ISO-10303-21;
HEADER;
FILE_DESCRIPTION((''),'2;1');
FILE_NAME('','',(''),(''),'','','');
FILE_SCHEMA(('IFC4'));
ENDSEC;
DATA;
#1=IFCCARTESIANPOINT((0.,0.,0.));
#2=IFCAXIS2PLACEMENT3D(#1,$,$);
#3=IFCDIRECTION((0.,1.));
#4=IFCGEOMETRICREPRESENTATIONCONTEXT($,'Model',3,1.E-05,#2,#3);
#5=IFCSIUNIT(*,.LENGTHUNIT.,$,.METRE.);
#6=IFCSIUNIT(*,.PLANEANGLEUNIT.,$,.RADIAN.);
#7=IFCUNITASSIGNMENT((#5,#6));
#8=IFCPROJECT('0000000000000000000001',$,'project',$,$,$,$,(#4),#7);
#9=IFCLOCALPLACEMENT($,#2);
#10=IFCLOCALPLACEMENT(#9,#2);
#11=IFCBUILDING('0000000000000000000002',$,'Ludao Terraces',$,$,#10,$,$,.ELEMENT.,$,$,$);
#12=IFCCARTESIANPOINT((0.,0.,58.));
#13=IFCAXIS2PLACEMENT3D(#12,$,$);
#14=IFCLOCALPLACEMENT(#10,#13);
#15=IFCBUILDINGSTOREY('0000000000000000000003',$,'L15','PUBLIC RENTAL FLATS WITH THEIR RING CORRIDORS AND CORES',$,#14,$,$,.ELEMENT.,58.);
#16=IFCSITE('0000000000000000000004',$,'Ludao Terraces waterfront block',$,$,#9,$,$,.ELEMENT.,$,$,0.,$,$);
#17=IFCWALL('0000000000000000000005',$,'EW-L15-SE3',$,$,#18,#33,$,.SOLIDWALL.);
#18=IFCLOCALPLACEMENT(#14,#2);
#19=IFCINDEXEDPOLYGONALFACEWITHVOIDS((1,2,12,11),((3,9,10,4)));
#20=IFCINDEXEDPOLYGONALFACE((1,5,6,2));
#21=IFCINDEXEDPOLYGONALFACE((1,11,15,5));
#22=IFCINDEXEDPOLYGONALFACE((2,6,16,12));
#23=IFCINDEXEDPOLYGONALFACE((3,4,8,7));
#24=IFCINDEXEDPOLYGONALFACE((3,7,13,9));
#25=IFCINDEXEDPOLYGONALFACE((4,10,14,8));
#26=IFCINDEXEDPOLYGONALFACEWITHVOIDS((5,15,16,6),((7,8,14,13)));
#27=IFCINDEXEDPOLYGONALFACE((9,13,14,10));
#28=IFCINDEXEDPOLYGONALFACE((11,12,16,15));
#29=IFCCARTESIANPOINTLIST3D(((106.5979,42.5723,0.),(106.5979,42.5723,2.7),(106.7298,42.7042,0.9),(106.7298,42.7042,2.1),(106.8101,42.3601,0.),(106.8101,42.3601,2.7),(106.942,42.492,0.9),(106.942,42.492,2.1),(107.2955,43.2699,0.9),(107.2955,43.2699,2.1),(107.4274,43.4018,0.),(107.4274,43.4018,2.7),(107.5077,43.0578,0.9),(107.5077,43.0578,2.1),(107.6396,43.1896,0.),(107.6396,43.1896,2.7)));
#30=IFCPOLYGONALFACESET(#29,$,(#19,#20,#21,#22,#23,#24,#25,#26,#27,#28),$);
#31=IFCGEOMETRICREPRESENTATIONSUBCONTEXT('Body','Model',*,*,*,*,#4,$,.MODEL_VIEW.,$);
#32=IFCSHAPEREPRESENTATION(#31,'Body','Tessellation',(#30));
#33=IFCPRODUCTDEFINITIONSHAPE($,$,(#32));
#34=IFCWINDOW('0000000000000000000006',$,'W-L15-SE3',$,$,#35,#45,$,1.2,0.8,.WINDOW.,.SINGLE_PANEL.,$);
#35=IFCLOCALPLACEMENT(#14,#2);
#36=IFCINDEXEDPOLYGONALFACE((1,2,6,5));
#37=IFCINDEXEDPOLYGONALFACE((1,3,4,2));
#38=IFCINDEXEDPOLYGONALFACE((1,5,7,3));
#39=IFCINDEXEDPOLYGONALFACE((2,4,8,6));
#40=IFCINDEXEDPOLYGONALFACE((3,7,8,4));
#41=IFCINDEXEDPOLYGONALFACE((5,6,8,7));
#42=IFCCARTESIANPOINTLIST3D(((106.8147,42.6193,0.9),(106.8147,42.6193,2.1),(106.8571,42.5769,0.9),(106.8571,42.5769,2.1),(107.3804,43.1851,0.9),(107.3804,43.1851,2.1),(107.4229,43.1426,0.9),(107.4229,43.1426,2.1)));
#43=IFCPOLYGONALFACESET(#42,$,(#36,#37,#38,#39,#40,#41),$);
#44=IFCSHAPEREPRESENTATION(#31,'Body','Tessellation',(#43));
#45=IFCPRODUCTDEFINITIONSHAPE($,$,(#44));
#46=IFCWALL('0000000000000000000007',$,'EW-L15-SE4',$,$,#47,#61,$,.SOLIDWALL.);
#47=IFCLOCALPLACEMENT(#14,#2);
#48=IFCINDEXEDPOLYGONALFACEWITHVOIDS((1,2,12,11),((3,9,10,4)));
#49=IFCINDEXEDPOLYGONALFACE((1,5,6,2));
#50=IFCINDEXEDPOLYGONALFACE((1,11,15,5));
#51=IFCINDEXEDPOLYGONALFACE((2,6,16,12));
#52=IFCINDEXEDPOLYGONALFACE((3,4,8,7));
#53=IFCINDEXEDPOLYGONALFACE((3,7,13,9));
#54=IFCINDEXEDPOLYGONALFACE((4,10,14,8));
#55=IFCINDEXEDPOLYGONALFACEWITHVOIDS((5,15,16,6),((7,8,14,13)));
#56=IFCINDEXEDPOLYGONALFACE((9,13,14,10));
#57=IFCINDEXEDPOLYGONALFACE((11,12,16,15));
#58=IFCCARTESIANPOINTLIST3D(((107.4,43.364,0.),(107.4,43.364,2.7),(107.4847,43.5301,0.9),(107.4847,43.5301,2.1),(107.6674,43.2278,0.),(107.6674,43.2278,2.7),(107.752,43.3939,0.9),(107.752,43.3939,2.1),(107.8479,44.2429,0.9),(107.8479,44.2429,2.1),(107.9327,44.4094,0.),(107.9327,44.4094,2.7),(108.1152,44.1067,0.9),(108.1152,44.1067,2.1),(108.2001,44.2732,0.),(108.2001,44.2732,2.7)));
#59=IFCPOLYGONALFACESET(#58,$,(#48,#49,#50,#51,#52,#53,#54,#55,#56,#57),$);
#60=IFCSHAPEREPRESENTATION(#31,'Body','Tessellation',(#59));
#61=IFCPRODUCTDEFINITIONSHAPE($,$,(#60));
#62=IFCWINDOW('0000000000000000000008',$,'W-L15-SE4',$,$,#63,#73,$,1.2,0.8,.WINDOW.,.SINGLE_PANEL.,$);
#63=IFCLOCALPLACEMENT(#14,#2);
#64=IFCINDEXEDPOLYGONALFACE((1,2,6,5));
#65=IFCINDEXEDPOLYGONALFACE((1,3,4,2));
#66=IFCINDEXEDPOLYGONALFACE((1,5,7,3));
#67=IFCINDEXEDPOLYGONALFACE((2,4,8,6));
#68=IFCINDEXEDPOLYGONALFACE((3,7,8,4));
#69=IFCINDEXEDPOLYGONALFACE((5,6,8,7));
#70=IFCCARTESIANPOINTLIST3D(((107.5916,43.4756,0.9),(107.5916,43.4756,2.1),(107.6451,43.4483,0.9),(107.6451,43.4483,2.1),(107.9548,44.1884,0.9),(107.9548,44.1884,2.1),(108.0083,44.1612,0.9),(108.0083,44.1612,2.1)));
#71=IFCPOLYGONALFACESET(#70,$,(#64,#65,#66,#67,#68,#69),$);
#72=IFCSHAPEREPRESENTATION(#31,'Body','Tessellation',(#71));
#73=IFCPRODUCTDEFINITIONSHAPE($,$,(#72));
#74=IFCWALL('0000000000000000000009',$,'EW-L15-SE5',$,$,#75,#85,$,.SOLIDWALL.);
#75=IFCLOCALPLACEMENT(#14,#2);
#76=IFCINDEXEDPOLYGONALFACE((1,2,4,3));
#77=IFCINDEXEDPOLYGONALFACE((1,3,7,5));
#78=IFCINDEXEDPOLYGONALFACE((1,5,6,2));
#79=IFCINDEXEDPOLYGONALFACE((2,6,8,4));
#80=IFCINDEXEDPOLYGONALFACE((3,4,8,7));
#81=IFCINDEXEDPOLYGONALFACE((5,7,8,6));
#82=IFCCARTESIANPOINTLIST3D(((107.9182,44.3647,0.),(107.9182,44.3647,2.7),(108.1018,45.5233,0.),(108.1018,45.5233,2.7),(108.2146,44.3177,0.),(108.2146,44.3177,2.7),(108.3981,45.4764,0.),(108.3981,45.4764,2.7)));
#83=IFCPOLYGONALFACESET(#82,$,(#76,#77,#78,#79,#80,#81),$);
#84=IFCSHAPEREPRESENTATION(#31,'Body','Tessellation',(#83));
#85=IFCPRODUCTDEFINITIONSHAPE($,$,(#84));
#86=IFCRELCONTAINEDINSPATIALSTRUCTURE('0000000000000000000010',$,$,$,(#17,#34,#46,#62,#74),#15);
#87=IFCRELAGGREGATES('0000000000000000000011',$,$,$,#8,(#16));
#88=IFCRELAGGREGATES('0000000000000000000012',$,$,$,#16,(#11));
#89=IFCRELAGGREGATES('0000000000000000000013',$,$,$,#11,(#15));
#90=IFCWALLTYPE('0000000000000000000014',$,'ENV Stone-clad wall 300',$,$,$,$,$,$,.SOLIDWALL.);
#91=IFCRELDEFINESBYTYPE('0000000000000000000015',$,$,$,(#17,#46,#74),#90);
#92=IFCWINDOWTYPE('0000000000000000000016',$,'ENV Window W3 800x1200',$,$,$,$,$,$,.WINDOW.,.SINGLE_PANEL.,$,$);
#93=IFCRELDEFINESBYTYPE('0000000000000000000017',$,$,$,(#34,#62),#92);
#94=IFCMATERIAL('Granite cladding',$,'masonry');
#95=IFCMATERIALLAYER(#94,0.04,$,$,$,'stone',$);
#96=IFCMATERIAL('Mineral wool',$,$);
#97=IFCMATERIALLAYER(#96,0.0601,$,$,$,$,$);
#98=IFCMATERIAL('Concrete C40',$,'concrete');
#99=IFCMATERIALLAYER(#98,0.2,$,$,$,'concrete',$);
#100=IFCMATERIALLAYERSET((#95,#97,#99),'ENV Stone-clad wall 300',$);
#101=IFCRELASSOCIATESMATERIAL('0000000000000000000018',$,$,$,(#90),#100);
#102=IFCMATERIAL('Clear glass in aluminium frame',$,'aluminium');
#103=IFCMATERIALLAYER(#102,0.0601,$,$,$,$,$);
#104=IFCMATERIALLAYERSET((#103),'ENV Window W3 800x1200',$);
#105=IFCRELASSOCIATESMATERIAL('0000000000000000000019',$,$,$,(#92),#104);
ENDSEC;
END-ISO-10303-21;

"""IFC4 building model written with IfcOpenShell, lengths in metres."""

from ifc_helpers import new_model, si_unit, direction, frame, frame_2d, origin, place, context, subcontext, project, spatial, rectangle, extrude, material, layer, layer_set, type_object, element, fill, save


model = new_model("IFC4")

# Units and contexts
model_context = context("Model", 3, precision=1e-05, world=origin(), true_north=direction((0.0, 1.0)))
body_context = subcontext(model_context, "Body", "Model", "MODEL_VIEW")
ifc_project = project(units=[si_unit("LENGTHUNIT", "METRE"), si_unit("PLANEANGLEUNIT", "RADIAN")], contexts=[model_context])

# Site, building, storey
site_placement = place(None, origin())
site = spatial("IfcSite", under=ifc_project, at=site_placement, Name="Ludao Terraces waterfront block", CompositionType="ELEMENT", RefElevation=0.0)
building_placement = place(site_placement, origin())
building = spatial("IfcBuilding", under=site, at=building_placement, Name="Ludao Terraces", CompositionType="ELEMENT")
storey_placement = place(building_placement, frame((0.0, 0.0, 58.0)))
storey = spatial("IfcBuildingStorey", under=building, at=storey_placement, Name="L15", Description="PUBLIC RENTAL FLATS WITH THEIR RING CORRIDORS AND CORES", CompositionType="ELEMENT", Elevation=58.0)

# Shared definitions
ifc_material_1 = material(Name="Concrete C40", Category="concrete")

# Walls, openings, windows
ifc_material_2 = material(Name="Granite cladding", Category="masonry")
ifc_layer_1 = layer(ifc_material_2, 0.04, Category="stone")
ifc_material_3 = material(Name="Mineral wool")
ifc_layer_2 = layer(ifc_material_3, 0.0601)
ifc_layer_3 = layer(ifc_material_1, 0.2, Category="concrete")
ifc_layer_set_1 = layer_set([ifc_layer_1, ifc_layer_2, ifc_layer_3], Name="ENV Stone-clad wall 300")
wall_type_1 = type_object("IfcWallType", Name="ENV Stone-clad wall 300", PredefinedType="SOLIDWALL", material=ifc_layer_set_1)
ifc_material_4 = material(Name="Clear glass in aluminium frame", Category="aluminium")
ifc_layer_4 = layer(ifc_material_4, 0.0601)
ifc_layer_set_2 = layer_set([ifc_layer_4], Name="ENV Window W3 800x1200")
window_type_1 = type_object("IfcWindowType", Name="ENV Window W3 800x1200", PartitioningType="SINGLE_PANEL", PredefinedType="WINDOW", material=ifc_layer_set_2)
wall_1_placement = place(storey_placement, frame((106.7041, 42.4663, 0.0), z_axis=(0.0, 0.0, 1.0), x_axis=(0.707107, 0.707107, 0.0)))
wall_1 = element("IfcWall", 1, at=wall_1_placement, inside=storey, type_object=wall_type_1, Name="EW-L15-SE3", PredefinedType="SOLIDWALL", context=body_context, shape_type="SweptSolid", body=[
    extrude(rectangle(XDim=1.1731, YDim=0.3, at=frame_2d((0.5864, 0.0))), origin(), (0.0, 0.0, 1.0), 2.7),
])
opening_1_placement = place(wall_1_placement, frame((0.1865, 0.0, 0.8999)))
opening_1 = element("IfcOpeningElement", 2, at=opening_1_placement, cuts=wall_1, PredefinedType="OPENING", context=body_context, shape_type="SweptSolid", body=[
    extrude(rectangle(XDim=0.8, YDim=1.2, at=frame_2d((0.3999, 0.6001))), frame((0.0, 0.1602, 0.0), z_axis=(0.0, -1.0, 0.0), x_axis=(1.0, 0.0, 0.0)), (0.0, 0.0, 1.0), 0.3201),
])
window_1_placement = place(opening_1_placement, origin())
window_1 = element("IfcWindow", 3, at=window_1_placement, inside=storey, type_object=window_type_1, Name="W-L15-SE3", OverallHeight=1.2, OverallWidth=0.8, PartitioningType="SINGLE_PANEL", PredefinedType="WINDOW", context=body_context, shape_type="SweptSolid", body=[
    extrude(rectangle(XDim=0.8, YDim=1.2, at=frame_2d((0.3999, 0.6001))), frame((0.0, 0.03, 0.0), z_axis=(0.0, -1.0, 0.0), x_axis=(1.0, 0.0, 0.0)), (0.0, 0.0, 1.0), 0.0601),
])
fill(opening_1, window_1)
wall_2_placement = place(storey_placement, frame((107.5337, 43.2959, 0.0), z_axis=(0.0, 0.0, 1.0), x_axis=(0.454026, 0.890989, 0.0)))
wall_2 = element("IfcWall", 4, at=wall_2_placement, inside=storey, type_object=wall_type_1, Name="EW-L15-SE4", PredefinedType="SOLIDWALL", context=body_context, shape_type="SweptSolid", body=[
    extrude(rectangle(XDim=1.1733, YDim=0.3, at=frame_2d((0.5867, 0.0))), origin(), (0.0, 0.0, 1.0), 2.7),
])
opening_2_placement = place(wall_2_placement, frame((0.1865, 0.0, 0.8999)))
opening_2 = element("IfcOpeningElement", 5, at=opening_2_placement, cuts=wall_2, PredefinedType="OPENING", context=body_context, shape_type="SweptSolid", body=[
    extrude(rectangle(XDim=0.8, YDim=1.2, at=frame_2d((0.3999, 0.6001))), frame((0.0, 0.1602, 0.0), z_axis=(0.0, -1.0, 0.0), x_axis=(1.0, 0.0, 0.0)), (0.0, 0.0, 1.0), 0.3201),
])
window_2_placement = place(opening_2_placement, origin())
window_2 = element("IfcWindow", 6, at=window_2_placement, inside=storey, type_object=window_type_1, Name="W-L15-SE4", OverallHeight=1.2, OverallWidth=0.8, PartitioningType="SINGLE_PANEL", PredefinedType="WINDOW", context=body_context, shape_type="SweptSolid", body=[
    extrude(rectangle(XDim=0.8, YDim=1.2, at=frame_2d((0.3999, 0.6001))), frame((0.0, 0.03, 0.0), z_axis=(0.0, -1.0, 0.0), x_axis=(1.0, 0.0, 0.0)), (0.0, 0.0, 1.0), 0.0601),
])
fill(opening_2, window_2)

# Wall
wall_3_placement = place(storey_placement, frame((108.0664, 44.3413, 0.0), z_axis=(0.0, 0.0, 1.0), x_axis=(0.156497, 0.987678, 0.0)))
element("IfcWall", 7, at=wall_3_placement, inside=storey, type_object=wall_type_1, Name="EW-L15-SE5", PredefinedType="SOLIDWALL", context=body_context, shape_type="SweptSolid", body=[
    extrude(rectangle(XDim=1.1731, YDim=0.3, at=frame_2d((0.5864, 0.0))), origin(), (0.0, 0.0, 1.0), 2.7),
])

save(model, "model.ifc")
